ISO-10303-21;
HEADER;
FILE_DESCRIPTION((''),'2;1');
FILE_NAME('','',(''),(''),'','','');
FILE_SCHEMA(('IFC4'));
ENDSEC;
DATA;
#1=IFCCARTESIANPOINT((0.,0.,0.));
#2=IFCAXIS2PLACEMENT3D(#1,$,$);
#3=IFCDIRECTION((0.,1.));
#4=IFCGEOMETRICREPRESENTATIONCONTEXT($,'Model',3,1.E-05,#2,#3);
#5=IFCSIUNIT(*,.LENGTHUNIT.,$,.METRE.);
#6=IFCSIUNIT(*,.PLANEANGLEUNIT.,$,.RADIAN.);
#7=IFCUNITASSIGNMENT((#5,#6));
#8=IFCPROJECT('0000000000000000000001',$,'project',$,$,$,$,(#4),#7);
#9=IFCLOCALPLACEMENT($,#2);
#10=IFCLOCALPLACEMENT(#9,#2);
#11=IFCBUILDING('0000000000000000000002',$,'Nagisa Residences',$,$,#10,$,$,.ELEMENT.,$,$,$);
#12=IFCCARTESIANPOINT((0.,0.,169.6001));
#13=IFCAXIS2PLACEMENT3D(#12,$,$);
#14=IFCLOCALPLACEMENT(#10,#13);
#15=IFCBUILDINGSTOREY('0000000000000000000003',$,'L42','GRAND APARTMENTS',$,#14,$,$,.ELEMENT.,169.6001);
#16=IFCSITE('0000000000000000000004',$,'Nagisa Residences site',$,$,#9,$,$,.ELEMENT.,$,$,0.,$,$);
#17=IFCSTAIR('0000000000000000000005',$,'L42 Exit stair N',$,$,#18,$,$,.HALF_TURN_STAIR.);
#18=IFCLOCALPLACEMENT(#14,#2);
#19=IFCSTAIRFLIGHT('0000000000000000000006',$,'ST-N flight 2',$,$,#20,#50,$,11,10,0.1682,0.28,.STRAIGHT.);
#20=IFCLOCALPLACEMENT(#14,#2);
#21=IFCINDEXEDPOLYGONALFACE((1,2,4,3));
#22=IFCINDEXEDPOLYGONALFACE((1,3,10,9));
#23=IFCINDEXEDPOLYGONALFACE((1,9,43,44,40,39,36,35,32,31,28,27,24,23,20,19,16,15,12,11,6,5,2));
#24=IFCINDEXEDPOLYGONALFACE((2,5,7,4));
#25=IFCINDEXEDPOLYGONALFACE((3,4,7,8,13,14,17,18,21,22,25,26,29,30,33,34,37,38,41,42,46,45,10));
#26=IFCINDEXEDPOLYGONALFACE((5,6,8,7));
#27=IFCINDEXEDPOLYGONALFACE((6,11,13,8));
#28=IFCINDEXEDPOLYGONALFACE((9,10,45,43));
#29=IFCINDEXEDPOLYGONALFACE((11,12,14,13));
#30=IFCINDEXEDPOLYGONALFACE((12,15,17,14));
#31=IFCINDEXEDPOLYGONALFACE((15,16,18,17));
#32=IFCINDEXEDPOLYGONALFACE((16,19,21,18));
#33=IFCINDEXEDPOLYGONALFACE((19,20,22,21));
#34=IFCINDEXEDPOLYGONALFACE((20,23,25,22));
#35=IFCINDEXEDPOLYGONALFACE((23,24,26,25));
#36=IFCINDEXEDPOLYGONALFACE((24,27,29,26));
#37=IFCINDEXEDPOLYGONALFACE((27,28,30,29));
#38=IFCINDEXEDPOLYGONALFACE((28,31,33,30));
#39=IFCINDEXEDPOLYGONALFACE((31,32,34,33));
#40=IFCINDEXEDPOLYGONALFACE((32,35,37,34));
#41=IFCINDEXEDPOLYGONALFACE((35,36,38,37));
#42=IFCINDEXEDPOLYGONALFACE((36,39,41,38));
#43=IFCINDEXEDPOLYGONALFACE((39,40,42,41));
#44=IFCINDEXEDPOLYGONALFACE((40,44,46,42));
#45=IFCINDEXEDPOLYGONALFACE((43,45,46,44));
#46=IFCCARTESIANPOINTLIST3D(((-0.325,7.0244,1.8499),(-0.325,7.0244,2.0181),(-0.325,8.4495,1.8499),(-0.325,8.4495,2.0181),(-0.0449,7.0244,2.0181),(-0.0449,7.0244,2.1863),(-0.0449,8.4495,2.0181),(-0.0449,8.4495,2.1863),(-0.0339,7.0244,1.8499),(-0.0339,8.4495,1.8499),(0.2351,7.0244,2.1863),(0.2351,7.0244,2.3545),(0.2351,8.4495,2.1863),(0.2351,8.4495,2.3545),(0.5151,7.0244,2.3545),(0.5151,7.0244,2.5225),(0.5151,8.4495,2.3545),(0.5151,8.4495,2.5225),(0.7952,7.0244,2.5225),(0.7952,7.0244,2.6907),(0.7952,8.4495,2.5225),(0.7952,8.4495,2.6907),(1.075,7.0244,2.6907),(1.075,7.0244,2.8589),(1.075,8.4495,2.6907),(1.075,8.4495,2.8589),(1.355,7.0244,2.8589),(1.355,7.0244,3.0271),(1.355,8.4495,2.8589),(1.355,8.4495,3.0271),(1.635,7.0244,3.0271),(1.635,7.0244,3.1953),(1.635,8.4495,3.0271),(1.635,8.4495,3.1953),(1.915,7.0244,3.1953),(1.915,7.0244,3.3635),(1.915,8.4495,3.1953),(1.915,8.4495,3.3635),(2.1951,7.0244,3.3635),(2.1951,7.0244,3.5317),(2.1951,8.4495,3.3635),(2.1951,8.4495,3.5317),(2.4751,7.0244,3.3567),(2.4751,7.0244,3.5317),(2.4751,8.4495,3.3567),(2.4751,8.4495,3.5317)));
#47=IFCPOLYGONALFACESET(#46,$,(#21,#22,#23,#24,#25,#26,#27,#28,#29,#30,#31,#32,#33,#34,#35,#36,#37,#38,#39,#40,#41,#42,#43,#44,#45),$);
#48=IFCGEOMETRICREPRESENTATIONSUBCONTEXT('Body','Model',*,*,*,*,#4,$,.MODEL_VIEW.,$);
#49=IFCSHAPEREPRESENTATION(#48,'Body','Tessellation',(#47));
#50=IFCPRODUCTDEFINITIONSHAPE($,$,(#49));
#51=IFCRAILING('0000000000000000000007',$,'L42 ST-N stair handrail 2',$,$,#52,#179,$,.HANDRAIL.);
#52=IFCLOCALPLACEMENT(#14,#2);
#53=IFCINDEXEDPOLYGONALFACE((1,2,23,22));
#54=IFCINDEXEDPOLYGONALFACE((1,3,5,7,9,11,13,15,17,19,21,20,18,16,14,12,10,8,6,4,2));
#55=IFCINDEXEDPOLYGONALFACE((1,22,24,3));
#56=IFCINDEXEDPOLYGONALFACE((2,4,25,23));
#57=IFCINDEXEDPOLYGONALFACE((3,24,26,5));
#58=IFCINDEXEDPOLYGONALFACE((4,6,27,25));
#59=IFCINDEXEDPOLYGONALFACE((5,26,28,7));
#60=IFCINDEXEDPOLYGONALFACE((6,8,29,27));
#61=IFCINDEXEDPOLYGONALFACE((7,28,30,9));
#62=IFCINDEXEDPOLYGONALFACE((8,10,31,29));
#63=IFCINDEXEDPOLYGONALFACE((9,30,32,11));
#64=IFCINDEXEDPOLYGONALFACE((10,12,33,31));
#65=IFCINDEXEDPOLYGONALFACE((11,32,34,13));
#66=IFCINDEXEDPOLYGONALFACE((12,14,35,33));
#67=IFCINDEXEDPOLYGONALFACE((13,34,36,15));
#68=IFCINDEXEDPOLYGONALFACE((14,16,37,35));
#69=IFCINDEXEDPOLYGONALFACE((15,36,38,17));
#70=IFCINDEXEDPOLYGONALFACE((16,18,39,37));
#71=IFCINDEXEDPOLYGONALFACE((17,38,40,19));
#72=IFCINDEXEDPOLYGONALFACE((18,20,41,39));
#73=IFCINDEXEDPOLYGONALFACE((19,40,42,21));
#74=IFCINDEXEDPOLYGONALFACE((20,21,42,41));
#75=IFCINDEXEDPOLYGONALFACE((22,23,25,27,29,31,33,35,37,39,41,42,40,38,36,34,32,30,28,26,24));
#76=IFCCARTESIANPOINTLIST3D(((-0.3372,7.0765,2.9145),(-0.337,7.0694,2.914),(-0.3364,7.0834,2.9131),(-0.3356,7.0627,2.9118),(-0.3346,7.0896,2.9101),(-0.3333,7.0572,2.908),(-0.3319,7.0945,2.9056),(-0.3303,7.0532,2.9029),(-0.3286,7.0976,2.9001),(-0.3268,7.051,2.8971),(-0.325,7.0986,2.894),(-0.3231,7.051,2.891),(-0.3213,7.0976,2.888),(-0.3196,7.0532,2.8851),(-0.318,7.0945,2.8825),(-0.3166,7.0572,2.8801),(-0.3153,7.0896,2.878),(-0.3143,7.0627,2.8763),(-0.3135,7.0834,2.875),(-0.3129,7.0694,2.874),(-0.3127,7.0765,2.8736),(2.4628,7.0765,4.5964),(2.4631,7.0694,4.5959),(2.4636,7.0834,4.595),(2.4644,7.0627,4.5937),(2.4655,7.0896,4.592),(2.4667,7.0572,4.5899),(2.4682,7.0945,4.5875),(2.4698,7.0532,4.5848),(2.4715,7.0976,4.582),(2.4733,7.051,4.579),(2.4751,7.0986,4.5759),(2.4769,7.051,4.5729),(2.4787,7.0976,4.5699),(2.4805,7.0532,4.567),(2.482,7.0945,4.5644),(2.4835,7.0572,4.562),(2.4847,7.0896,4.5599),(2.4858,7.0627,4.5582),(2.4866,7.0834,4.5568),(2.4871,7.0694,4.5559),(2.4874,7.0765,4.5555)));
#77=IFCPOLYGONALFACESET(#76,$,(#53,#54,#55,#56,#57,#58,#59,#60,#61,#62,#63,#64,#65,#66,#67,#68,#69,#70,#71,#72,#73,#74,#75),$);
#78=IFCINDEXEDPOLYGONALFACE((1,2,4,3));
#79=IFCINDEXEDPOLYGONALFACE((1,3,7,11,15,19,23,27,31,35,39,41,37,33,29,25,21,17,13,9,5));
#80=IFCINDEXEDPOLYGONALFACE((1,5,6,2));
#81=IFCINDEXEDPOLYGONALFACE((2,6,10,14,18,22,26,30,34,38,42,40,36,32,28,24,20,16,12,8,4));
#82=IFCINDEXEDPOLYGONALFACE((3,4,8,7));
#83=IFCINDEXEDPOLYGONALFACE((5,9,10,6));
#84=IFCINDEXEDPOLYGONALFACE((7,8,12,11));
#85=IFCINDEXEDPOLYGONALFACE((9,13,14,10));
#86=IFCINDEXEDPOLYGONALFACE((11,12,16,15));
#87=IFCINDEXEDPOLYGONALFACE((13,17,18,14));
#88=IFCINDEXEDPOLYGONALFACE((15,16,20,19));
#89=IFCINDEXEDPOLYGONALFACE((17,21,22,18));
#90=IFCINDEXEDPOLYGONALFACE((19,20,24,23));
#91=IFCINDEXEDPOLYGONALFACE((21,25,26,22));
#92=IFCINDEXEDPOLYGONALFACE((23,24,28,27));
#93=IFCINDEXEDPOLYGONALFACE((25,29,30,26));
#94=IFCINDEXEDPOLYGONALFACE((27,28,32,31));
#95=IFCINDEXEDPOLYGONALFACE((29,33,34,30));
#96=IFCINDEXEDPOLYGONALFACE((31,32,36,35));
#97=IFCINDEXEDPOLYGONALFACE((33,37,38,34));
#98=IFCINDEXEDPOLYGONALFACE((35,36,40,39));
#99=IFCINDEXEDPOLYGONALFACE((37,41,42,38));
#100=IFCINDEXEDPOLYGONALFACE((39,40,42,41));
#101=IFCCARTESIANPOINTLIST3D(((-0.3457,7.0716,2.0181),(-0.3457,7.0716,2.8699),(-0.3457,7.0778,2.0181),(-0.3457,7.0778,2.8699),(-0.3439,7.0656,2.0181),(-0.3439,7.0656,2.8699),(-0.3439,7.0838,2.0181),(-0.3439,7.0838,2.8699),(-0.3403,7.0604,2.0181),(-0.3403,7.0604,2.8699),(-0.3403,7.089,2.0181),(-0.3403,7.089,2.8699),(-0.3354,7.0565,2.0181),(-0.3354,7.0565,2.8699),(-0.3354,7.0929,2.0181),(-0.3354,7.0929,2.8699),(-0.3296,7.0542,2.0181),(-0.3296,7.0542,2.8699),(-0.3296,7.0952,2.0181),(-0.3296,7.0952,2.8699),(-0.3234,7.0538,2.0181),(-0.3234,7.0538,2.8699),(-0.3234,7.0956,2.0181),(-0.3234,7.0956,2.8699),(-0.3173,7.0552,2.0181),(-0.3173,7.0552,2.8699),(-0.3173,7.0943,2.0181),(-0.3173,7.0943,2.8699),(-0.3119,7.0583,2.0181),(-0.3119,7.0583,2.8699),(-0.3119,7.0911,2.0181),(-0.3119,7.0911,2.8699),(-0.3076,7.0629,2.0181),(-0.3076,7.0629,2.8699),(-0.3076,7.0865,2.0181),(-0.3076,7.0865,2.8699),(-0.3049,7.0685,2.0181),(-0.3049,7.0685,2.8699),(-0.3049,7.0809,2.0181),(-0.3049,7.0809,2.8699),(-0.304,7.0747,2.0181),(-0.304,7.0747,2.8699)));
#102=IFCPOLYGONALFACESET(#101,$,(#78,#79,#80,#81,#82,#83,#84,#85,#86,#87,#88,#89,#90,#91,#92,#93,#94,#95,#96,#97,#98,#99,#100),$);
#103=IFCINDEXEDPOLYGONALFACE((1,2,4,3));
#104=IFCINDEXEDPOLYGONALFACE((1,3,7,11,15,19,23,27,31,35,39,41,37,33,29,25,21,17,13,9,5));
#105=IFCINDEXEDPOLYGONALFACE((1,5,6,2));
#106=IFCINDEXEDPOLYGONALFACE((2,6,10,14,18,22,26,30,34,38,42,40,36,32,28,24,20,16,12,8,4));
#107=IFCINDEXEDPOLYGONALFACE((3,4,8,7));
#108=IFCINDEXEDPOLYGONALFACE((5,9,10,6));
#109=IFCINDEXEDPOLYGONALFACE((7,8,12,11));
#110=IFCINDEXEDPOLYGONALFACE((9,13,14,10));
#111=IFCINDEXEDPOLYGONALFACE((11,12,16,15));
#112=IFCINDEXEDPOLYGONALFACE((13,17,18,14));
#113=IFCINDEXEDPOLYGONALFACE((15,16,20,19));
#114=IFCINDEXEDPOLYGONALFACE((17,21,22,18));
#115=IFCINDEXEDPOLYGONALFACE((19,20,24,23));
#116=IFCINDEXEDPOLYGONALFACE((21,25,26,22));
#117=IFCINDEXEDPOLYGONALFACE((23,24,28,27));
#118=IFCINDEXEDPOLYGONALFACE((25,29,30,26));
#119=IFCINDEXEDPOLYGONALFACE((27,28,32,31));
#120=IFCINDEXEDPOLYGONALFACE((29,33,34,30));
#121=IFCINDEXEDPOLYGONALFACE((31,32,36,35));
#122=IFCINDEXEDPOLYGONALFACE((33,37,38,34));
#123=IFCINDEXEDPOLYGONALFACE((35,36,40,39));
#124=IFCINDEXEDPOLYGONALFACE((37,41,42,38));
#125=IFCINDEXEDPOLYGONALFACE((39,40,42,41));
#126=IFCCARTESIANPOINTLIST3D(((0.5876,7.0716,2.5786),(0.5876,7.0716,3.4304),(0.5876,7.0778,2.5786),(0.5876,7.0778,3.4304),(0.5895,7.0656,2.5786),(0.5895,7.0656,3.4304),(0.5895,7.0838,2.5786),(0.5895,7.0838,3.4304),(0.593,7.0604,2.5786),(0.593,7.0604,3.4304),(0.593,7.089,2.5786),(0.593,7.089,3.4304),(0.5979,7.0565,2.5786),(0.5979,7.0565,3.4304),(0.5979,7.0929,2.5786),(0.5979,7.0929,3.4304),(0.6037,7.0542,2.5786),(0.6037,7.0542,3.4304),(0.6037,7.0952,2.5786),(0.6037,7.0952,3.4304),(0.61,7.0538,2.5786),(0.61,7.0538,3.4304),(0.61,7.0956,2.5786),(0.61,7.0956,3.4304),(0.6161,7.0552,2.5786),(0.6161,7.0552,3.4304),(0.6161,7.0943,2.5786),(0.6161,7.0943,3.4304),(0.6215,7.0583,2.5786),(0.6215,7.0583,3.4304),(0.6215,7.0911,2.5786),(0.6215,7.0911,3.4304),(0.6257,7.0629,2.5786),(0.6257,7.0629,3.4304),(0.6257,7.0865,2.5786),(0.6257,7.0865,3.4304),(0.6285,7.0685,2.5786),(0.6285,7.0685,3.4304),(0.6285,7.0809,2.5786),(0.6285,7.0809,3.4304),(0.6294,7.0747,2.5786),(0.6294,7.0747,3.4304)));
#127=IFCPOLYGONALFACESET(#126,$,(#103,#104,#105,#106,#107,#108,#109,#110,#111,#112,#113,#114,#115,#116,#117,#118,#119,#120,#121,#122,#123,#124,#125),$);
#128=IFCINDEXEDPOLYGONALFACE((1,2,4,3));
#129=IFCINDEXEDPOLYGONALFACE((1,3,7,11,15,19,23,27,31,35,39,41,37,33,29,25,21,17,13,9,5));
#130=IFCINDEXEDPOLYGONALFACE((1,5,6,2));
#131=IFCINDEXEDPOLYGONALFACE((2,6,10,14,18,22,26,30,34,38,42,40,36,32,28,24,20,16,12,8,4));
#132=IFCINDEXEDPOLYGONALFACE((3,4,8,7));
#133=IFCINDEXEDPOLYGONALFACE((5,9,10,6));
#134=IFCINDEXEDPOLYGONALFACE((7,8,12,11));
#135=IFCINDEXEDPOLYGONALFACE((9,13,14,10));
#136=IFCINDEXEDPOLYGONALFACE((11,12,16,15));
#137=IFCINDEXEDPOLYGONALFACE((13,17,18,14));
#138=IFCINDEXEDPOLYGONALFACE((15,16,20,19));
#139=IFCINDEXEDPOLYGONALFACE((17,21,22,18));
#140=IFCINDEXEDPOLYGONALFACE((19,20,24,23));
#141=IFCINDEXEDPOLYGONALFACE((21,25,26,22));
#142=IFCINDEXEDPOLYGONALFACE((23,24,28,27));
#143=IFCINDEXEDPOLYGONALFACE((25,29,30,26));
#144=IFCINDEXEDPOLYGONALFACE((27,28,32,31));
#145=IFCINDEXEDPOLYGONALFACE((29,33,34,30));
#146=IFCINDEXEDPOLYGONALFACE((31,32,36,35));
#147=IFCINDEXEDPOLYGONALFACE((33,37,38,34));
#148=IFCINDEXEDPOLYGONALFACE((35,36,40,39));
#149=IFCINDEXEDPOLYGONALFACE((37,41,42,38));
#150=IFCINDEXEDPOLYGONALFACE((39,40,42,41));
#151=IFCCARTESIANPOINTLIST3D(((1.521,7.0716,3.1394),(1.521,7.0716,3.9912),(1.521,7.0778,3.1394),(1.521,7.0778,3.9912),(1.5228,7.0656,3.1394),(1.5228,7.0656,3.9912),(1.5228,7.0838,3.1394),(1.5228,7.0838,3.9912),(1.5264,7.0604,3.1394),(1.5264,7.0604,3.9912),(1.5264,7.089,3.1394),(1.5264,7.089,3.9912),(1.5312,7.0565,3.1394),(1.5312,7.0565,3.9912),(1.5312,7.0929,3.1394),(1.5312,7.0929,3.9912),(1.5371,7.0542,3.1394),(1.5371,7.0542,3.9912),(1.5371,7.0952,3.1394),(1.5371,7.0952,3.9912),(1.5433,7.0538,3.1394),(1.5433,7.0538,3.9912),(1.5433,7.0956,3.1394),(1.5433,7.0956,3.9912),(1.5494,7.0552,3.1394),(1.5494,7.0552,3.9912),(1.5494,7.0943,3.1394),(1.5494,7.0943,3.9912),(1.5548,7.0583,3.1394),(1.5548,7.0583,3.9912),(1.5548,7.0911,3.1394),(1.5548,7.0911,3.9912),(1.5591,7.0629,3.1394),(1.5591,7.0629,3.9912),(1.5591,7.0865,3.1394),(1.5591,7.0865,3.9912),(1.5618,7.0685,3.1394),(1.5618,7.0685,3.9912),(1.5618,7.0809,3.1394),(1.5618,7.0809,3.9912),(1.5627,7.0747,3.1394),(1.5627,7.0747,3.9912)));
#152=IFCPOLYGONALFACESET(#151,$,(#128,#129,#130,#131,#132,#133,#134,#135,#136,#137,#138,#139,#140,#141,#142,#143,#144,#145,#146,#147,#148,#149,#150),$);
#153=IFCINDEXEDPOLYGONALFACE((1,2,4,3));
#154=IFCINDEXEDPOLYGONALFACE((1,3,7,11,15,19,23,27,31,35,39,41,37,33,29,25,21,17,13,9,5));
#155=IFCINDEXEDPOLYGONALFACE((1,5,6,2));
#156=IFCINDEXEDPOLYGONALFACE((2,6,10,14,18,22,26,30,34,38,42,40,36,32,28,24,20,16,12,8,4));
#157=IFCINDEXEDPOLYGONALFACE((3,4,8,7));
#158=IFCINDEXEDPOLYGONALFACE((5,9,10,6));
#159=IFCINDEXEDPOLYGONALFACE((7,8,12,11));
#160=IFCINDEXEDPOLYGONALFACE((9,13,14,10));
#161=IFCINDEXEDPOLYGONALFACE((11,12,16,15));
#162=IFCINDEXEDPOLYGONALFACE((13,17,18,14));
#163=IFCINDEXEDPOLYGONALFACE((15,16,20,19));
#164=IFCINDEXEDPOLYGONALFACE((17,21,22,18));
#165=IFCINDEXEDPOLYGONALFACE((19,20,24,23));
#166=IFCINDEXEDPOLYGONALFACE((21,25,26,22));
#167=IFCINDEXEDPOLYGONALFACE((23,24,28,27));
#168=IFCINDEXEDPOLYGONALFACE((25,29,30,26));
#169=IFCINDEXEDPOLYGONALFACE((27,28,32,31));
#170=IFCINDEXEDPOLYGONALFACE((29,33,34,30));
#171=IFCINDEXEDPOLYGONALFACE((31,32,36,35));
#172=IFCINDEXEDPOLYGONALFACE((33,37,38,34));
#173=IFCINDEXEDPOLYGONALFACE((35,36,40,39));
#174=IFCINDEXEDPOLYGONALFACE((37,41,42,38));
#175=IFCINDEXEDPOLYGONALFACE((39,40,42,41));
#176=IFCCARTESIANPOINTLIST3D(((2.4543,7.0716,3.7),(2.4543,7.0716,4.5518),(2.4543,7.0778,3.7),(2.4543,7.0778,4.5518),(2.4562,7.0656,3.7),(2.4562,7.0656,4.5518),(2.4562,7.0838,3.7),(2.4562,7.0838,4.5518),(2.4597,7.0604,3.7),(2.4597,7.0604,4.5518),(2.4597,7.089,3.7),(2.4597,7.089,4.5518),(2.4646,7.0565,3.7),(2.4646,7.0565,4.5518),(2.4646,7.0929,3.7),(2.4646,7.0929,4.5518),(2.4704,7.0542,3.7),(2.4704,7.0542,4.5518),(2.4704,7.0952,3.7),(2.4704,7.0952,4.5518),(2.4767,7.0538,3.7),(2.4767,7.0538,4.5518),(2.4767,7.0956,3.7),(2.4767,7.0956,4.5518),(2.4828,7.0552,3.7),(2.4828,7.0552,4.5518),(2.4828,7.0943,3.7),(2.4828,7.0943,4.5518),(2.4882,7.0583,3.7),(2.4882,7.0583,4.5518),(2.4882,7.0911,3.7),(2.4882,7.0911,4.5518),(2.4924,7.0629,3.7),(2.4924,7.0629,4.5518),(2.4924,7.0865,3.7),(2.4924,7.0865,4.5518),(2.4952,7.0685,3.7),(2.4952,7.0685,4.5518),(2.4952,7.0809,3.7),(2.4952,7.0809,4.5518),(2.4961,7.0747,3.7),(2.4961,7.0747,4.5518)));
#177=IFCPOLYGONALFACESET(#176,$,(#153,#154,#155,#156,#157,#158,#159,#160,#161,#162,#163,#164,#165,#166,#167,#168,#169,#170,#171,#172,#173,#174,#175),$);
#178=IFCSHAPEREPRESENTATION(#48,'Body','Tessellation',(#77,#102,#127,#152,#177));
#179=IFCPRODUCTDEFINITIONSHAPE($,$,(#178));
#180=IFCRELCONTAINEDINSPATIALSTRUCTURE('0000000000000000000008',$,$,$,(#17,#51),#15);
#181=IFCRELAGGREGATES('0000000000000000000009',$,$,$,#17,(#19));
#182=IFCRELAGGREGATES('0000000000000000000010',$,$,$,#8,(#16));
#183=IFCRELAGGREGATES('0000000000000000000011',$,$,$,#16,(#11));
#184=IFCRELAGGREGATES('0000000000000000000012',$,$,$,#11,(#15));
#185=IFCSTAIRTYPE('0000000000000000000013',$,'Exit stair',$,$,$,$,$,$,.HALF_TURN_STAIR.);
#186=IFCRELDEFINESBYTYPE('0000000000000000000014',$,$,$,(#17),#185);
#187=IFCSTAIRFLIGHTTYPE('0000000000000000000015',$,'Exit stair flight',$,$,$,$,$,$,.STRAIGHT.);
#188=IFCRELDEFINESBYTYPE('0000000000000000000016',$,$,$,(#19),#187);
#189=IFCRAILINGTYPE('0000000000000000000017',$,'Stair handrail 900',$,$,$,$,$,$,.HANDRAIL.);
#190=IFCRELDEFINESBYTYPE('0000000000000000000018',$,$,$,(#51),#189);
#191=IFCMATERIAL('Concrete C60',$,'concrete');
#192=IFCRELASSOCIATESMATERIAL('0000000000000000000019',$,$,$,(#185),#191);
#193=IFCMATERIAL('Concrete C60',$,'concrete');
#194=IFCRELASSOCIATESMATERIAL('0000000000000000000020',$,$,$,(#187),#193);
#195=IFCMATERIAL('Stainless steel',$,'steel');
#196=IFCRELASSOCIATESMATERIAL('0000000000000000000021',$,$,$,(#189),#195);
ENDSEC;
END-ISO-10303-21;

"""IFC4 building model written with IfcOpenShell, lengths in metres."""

from ifc_helpers import new_model, si_unit, direction, frame, origin, origin_2d, place, context, subcontext, project, spatial, polyline, circle, outline, extrude, material, type_object, element, aggregate, save


model = new_model("IFC4")

# Units and contexts
model_context = context("Model", 3, precision=1e-05, world=origin(), true_north=direction((0.0, 1.0)))
body_context = subcontext(model_context, "Body", "Model", "MODEL_VIEW")
ifc_project = project(units=[si_unit("LENGTHUNIT", "METRE"), si_unit("PLANEANGLEUNIT", "RADIAN")], contexts=[model_context])

# Site, building, storey
site_placement = place(None, origin())
site = spatial("IfcSite", under=ifc_project, at=site_placement, Name="Nagisa Residences site", CompositionType="ELEMENT", RefElevation=0.0)
building_placement = place(site_placement, origin())
building = spatial("IfcBuilding", under=site, at=building_placement, Name="Nagisa Residences", CompositionType="ELEMENT")
storey_placement = place(building_placement, frame((0.0, 0.0, 169.6001)))
storey = spatial("IfcBuildingStorey", under=building, at=storey_placement, Name="L42", Description="GRAND APARTMENTS", CompositionType="ELEMENT", Elevation=169.6001)

# Stair
ifc_material_1 = material(Name="Concrete C60", Category="concrete")
stair_type = type_object("IfcStairType", Name="Exit stair", PredefinedType="HALF_TURN_STAIR", material=ifc_material_1)
stair_1_placement = place(storey_placement, origin())
stair_1 = element("IfcStair", 1, at=stair_1_placement, inside=storey, type_object=stair_type, Name="L42 Exit stair N", PredefinedType="HALF_TURN_STAIR")

# Stair flight
ifc_material_2 = material(Name="Concrete C60", Category="concrete")
stair_flight_type = type_object("IfcStairFlightType", Name="Exit stair flight", PredefinedType="STRAIGHT", material=ifc_material_2)
stair_flight_placement = place(storey_placement, frame((-0.325, 7.7371, 1.8499), z_axis=(0.0, 0.0, 1.0), x_axis=(1.0, 0.0, 0.0)))
stair_flight = element("IfcStairFlight", 2, at=stair_flight_placement, type_object=stair_flight_type, Name="ST-N flight 2", NumberOfRisers=11, NumberOfTreads=10, PredefinedType="STRAIGHT", RiserHeight=0.1682, TreadLength=0.28, context=body_context, shape_type="SweptSolid", body=[
    extrude(outline(polyline([(0.0, 0.0), (0.0, 0.1682), (0.28, 0.1682), (0.28, 0.3364), (0.5601, 0.3364), (0.5601, 0.5046), (0.8401, 0.5046), (0.8401, 0.6726), (1.1201, 0.6726), (1.1201, 0.8408), (1.3999, 0.8408), (1.3999, 1.009), (1.6799, 1.009), (1.6799, 1.1772), (1.96, 1.1772), (1.96, 1.3455), (2.24, 1.3455), (2.24, 1.5137), (2.52, 1.5137), (2.52, 1.6819), (2.8, 1.6819), (2.8, 1.8501), (2.8, 1.5068), (0.291, 0.0), (0.0, 0.0)])), frame((0.0, 0.7124, 0.0), z_axis=(0.0, -1.0, 0.0), x_axis=(1.0, 0.0, 0.0)), (0.0, 0.0, 1.0), 1.425),
])
aggregate(stair_1, [stair_flight])

# Railing
ifc_material_3 = material(Name="Stainless steel", Category="steel")
railing_type = type_object("IfcRailingType", Name="Stair handrail 900", PredefinedType="HANDRAIL", material=ifc_material_3)
railing_placement = place(storey_placement, frame((-0.325, 7.0747, 2.0181)))
element("IfcRailing", 3, at=railing_placement, inside=storey, type_object=railing_type, Name="L42 ST-N stair handrail 2", PredefinedType="HANDRAIL", context=body_context, shape_type="SweptSolid", body=[
    extrude(circle(Radius=0.0239, at=origin_2d()), frame((0.0, 0.0, 0.876), z_axis=(0.857242, 0.0, 0.514913), x_axis=(0.0, 1.0, 0.0)), (0.0, 0.0, 1.0), 3.2664),
    extrude(circle(Radius=0.021, at=origin_2d()), origin(), (0.0, 0.0, 1.0), 0.8518),
    extrude(circle(Radius=0.021, at=origin_2d()), frame((0.9333, 0.0, 0.5605)), (0.0, 0.0, 1.0), 0.8518),
    extrude(circle(Radius=0.021, at=origin_2d()), frame((1.8667, 0.0, 1.1213)), (0.0, 0.0, 1.0), 0.8518),
    extrude(circle(Radius=0.021, at=origin_2d()), frame((2.8, 0.0, 1.6819)), (0.0, 0.0, 1.0), 0.8518),
])

save(model, "model.ifc")
